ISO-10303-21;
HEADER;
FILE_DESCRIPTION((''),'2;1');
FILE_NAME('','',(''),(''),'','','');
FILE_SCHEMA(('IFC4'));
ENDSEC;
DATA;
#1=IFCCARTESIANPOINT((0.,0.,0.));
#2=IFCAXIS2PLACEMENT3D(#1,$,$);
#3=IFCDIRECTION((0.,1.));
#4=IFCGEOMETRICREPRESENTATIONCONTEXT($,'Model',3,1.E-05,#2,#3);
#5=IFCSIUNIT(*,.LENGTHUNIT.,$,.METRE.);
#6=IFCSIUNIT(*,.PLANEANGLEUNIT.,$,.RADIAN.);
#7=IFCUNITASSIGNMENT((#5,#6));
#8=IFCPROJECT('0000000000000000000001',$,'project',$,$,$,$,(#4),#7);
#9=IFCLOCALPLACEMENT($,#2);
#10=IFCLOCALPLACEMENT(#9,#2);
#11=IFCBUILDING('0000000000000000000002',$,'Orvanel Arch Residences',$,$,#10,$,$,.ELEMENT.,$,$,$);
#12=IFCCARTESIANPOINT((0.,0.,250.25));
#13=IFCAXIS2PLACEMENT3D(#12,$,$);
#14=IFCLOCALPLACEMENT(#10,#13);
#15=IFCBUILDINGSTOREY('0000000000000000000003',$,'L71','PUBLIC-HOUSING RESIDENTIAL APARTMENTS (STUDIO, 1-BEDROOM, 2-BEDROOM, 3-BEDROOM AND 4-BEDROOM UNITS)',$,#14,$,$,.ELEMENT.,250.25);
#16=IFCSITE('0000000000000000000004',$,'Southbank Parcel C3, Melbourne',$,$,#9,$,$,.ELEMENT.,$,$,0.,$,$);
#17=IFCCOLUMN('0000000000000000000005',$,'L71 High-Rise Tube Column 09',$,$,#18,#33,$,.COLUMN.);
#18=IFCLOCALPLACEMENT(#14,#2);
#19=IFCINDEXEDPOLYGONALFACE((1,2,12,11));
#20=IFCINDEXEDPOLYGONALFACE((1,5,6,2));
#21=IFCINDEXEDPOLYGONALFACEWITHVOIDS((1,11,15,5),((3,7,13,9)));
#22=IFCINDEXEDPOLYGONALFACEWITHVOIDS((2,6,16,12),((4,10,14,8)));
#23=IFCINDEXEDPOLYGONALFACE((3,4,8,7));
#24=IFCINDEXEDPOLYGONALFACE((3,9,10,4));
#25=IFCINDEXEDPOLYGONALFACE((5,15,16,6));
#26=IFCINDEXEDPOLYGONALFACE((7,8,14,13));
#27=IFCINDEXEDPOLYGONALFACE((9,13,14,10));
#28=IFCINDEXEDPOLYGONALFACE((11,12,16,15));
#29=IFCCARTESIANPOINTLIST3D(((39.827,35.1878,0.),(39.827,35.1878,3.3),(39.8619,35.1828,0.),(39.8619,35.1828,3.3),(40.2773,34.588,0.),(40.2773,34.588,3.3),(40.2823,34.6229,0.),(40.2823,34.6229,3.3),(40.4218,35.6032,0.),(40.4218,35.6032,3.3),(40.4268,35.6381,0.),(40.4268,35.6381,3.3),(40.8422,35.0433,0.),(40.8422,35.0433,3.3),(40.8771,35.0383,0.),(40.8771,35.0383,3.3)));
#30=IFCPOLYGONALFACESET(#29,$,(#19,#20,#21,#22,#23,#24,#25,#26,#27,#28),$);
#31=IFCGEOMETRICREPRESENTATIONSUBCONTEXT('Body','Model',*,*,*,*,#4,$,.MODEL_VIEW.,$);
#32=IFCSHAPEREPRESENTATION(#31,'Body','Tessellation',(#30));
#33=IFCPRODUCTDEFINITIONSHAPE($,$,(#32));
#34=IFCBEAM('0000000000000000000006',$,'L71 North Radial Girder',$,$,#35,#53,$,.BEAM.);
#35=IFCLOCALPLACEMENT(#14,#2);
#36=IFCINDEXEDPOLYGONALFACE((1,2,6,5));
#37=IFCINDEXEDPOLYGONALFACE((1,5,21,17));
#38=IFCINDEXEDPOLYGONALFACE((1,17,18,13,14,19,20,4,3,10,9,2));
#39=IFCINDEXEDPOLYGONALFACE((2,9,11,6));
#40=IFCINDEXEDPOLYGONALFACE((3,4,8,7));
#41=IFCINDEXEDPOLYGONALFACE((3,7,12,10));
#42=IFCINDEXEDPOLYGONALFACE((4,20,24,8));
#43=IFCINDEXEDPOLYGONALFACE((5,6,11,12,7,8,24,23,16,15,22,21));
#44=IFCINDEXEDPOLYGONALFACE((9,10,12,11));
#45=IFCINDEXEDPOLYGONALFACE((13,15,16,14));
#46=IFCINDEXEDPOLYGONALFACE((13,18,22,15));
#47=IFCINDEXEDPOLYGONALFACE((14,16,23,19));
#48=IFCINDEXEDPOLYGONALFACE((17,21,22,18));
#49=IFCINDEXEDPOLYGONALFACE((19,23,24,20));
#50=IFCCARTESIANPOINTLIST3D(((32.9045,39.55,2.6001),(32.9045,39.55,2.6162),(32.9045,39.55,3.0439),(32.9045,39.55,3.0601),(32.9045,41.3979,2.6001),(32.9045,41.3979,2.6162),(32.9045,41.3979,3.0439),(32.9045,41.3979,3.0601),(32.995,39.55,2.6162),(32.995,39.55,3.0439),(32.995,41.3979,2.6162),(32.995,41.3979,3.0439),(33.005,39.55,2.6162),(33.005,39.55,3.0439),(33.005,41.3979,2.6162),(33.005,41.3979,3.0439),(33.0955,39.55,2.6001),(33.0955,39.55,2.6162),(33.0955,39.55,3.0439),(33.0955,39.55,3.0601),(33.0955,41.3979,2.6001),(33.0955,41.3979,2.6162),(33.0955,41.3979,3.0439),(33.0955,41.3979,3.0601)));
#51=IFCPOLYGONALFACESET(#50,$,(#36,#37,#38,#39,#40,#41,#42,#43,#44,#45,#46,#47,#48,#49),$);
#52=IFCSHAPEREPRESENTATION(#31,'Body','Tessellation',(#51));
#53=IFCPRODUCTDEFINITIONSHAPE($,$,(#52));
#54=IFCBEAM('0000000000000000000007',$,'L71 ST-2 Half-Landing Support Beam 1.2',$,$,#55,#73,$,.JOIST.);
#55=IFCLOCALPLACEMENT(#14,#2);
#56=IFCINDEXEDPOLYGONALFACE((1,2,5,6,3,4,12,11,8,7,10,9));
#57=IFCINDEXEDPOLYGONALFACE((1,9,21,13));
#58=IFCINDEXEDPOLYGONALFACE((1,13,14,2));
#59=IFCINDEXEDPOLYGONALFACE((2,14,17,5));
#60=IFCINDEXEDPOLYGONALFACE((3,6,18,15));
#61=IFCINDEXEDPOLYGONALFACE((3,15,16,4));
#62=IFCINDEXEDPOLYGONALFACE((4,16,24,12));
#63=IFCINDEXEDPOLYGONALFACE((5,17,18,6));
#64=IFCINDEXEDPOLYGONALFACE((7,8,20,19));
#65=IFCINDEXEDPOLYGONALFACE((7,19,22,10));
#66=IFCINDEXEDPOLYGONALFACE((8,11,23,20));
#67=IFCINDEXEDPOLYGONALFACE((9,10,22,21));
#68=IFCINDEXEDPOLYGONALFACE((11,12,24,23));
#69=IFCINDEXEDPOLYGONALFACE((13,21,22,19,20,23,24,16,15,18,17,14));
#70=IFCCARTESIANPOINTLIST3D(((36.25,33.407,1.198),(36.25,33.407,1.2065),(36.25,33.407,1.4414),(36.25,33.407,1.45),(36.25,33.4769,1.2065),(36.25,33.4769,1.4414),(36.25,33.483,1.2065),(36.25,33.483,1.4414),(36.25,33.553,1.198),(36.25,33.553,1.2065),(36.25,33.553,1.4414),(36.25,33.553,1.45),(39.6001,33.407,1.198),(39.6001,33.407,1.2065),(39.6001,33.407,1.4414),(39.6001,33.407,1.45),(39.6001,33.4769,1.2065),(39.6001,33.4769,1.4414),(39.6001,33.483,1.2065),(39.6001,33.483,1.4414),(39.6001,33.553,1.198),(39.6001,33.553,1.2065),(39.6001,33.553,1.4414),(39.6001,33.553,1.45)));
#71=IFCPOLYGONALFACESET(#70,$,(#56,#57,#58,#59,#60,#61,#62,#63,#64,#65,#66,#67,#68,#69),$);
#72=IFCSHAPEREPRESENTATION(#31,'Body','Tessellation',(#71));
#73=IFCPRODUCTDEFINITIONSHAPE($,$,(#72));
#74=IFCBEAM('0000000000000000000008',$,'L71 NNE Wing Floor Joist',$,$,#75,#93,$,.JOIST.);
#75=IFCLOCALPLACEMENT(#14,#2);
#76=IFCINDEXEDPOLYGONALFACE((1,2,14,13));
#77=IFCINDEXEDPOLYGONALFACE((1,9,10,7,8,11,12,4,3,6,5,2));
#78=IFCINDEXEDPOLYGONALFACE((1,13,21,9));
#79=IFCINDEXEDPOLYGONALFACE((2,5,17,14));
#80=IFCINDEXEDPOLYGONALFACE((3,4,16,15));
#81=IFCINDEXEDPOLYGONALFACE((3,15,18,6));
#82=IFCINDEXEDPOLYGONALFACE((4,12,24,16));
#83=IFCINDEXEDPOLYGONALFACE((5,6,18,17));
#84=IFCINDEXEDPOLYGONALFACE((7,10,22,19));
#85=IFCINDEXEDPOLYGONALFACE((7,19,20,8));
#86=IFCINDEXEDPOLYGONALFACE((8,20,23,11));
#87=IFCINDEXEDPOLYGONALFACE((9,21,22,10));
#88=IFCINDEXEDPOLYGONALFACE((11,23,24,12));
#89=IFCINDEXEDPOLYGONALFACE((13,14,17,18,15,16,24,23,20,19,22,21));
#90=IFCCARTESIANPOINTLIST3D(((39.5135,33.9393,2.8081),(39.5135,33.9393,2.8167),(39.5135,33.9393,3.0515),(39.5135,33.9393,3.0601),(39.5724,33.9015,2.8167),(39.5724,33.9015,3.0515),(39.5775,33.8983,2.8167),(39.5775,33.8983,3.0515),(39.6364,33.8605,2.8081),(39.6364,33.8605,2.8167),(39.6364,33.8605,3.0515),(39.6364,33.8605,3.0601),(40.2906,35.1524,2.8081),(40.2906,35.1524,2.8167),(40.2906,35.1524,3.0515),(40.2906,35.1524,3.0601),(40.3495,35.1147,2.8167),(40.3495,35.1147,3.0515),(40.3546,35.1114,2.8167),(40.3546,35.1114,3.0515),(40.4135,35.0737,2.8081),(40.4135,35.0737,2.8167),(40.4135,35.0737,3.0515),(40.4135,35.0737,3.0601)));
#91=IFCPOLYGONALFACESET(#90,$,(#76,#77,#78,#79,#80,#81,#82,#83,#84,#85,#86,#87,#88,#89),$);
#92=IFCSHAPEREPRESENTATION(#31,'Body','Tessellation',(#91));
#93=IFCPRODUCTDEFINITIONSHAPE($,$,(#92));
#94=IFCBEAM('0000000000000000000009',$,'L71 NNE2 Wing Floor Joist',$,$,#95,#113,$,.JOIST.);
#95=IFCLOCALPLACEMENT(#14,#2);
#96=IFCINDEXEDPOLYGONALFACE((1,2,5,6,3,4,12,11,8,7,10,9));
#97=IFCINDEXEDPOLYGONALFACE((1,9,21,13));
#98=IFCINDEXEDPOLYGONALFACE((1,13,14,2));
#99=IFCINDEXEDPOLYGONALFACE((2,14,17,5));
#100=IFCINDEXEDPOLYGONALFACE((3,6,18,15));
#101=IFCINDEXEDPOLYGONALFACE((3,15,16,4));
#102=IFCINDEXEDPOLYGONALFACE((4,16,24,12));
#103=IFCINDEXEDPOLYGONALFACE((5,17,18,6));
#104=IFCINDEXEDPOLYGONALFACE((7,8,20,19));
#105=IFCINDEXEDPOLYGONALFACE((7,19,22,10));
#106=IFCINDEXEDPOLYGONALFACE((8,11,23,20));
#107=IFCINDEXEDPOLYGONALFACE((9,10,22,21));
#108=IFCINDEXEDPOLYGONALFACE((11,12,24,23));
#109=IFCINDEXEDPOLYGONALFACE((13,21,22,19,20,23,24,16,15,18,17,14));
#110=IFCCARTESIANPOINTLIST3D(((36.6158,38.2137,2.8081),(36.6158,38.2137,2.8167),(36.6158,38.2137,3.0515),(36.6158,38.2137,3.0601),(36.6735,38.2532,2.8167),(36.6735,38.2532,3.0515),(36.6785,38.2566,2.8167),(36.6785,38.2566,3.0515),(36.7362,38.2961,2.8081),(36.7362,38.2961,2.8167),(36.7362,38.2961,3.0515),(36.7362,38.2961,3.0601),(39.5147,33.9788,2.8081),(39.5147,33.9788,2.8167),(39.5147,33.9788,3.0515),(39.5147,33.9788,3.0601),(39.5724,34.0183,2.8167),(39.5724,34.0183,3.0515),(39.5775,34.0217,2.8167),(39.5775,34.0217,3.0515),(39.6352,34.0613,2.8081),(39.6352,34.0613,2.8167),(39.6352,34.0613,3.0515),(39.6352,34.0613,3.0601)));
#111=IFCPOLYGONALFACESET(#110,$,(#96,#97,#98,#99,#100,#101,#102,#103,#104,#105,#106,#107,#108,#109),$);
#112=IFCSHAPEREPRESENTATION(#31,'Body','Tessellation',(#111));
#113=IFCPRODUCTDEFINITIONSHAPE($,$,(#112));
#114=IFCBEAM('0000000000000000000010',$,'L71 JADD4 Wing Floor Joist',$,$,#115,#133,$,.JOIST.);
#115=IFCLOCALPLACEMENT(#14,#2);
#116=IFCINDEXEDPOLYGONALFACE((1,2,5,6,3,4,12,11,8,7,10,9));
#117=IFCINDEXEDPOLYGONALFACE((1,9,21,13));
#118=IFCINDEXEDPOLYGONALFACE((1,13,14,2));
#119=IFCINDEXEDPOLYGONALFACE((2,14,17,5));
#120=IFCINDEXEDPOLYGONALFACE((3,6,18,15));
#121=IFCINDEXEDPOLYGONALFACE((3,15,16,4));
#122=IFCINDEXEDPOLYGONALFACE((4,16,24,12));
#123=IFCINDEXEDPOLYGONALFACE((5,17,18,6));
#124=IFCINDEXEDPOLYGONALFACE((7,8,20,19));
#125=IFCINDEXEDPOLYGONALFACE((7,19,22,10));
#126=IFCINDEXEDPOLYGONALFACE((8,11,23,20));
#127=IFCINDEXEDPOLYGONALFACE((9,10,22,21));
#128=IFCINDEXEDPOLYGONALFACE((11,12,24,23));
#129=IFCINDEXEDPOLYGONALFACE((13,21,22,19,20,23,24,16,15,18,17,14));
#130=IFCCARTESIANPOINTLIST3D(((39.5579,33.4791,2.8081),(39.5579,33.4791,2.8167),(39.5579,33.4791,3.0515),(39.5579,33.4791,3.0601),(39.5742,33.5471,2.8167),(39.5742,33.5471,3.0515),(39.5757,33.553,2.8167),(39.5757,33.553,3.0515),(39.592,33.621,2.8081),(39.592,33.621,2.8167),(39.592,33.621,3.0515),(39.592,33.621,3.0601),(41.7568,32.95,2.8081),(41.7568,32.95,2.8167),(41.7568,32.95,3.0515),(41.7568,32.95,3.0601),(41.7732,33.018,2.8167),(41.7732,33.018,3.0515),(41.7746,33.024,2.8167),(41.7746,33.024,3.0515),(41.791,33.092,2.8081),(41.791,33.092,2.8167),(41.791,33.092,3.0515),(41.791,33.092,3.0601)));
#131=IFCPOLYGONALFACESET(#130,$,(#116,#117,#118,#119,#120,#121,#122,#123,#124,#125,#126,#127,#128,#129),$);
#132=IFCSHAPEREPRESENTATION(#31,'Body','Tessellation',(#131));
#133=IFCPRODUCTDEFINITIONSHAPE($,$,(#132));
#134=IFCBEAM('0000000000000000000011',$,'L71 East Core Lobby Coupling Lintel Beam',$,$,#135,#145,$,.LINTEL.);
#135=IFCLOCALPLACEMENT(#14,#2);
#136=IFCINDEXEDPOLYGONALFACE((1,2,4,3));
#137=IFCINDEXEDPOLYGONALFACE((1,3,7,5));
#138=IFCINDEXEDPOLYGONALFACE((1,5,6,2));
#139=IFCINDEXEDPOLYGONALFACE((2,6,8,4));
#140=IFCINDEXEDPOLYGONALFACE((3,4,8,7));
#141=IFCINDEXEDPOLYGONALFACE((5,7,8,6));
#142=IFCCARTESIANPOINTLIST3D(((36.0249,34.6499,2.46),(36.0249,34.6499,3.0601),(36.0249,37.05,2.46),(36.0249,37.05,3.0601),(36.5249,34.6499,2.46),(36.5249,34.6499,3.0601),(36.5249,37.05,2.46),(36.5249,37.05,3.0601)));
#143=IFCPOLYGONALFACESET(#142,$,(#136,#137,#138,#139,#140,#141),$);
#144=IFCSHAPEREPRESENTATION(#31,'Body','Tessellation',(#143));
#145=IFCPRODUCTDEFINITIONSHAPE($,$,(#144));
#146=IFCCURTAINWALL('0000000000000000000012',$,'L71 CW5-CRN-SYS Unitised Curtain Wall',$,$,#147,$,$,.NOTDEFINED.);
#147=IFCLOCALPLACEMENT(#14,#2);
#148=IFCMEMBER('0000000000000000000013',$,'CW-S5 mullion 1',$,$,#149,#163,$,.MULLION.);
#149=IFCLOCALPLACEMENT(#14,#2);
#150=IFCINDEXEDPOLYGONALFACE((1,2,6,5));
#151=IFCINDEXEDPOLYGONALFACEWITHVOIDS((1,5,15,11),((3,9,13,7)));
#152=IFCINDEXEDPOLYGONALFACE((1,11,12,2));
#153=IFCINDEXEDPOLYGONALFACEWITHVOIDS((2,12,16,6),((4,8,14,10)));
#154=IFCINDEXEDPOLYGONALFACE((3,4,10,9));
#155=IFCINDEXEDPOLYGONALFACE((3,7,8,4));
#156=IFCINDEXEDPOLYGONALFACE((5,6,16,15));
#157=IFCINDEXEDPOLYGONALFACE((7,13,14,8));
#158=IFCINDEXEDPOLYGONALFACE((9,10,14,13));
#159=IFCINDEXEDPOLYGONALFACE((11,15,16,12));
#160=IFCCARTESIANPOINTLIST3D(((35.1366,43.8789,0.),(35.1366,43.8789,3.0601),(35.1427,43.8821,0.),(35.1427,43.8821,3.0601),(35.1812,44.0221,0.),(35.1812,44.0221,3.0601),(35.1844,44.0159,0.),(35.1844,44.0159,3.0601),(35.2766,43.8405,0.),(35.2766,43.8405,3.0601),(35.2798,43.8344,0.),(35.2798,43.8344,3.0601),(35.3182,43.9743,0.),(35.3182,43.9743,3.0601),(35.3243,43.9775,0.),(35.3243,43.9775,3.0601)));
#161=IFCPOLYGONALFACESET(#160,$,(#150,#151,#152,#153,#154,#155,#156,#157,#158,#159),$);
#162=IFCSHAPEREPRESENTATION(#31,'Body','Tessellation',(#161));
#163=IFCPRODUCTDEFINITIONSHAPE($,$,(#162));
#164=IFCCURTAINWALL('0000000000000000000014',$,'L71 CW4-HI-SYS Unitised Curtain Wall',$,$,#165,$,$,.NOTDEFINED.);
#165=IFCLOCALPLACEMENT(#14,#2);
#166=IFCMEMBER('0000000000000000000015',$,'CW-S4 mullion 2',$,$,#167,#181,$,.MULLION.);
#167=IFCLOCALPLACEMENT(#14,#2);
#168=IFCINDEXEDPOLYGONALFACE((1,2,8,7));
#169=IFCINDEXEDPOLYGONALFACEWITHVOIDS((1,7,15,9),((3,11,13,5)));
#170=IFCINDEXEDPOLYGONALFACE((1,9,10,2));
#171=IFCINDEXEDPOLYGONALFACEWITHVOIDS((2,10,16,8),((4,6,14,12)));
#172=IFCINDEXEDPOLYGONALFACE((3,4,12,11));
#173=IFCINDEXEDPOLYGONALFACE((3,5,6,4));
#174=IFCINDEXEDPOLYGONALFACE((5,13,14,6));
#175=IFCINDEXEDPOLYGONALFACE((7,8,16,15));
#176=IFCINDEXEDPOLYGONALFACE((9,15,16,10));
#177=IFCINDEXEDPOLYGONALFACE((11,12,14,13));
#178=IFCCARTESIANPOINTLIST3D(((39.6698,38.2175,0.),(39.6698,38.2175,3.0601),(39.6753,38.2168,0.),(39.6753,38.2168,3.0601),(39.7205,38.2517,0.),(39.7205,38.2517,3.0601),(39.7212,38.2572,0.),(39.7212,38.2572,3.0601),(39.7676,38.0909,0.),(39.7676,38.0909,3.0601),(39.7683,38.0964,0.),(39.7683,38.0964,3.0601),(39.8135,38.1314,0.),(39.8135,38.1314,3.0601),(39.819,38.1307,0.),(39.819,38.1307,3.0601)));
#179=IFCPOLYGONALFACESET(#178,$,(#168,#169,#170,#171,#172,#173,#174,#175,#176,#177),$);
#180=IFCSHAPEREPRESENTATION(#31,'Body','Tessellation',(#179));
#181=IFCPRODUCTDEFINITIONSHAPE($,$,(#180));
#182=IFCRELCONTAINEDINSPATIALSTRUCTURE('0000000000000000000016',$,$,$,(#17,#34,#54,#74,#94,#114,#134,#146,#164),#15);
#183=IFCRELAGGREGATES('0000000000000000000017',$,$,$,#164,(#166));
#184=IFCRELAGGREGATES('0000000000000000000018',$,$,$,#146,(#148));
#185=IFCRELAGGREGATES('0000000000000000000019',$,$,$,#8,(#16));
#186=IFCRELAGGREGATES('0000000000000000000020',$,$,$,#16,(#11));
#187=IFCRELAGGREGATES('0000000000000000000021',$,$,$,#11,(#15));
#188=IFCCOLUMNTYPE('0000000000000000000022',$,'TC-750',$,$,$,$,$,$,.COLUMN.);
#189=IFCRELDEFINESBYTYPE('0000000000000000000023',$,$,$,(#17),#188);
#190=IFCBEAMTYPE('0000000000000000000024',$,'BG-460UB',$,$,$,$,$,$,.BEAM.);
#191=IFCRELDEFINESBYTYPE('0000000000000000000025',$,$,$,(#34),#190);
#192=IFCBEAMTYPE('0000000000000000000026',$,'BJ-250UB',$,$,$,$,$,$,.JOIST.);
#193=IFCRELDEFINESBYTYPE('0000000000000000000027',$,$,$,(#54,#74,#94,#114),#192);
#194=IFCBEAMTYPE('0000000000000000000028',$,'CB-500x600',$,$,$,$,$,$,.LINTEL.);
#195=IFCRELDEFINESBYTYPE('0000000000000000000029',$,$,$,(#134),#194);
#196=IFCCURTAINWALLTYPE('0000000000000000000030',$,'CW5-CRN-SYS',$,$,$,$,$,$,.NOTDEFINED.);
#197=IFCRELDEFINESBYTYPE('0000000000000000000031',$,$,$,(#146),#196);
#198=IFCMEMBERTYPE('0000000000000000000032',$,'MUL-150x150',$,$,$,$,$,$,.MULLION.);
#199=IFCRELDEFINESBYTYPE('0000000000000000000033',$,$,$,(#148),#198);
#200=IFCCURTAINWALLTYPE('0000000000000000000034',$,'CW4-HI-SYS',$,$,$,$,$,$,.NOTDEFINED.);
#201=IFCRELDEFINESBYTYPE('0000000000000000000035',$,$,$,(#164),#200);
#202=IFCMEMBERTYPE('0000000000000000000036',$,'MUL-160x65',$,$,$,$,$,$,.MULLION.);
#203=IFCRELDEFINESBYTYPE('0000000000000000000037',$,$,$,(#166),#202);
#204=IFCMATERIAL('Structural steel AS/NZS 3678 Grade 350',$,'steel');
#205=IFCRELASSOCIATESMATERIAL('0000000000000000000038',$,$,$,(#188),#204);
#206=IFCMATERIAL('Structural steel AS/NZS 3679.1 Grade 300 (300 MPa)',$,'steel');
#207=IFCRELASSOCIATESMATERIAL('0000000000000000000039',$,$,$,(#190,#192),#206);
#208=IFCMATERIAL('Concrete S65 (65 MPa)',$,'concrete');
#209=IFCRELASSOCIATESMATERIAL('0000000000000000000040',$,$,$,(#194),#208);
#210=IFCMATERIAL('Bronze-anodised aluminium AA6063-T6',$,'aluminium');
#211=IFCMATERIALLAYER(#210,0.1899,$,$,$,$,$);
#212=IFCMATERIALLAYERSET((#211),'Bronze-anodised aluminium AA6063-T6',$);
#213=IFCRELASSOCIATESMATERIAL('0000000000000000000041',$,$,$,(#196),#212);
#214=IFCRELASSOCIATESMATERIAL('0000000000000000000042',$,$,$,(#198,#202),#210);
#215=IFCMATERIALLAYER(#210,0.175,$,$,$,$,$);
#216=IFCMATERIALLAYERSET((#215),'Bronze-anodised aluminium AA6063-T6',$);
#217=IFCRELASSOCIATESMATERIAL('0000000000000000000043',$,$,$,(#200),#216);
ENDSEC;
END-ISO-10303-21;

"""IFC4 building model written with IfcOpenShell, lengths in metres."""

from ifc_helpers import new_model, si_unit, direction, frame, origin, origin_2d, place, context, subcontext, project, spatial, rectangle, hollow_rectangle, i_section, extrude, material, layer, layer_set, material_profile, profile_set, type_object, element, aggregate, save


model = new_model("IFC4")

# Units and contexts
model_context = context("Model", 3, precision=1e-05, world=origin(), true_north=direction((0.0, 1.0)))
body_context = subcontext(model_context, "Body", "Model", "MODEL_VIEW")
ifc_project = project(units=[si_unit("LENGTHUNIT", "METRE"), si_unit("PLANEANGLEUNIT", "RADIAN")], contexts=[model_context])

# Site, building, storey
site_placement = place(None, origin())
site = spatial("IfcSite", under=ifc_project, at=site_placement, Name="Southbank Parcel C3, Melbourne", CompositionType="ELEMENT", RefElevation=0.0)
building_placement = place(site_placement, origin())
building = spatial("IfcBuilding", under=site, at=building_placement, Name="Orvanel Arch Residences", CompositionType="ELEMENT")
storey_placement = place(building_placement, frame((0.0, 0.0, 250.25)))
storey = spatial("IfcBuildingStorey", under=building, at=storey_placement, Name="L71", Description="PUBLIC-HOUSING RESIDENTIAL APARTMENTS (STUDIO, 1-BEDROOM, 2-BEDROOM, 3-BEDROOM AND 4-BEDROOM UNITS)", CompositionType="ELEMENT", Elevation=250.25)

# Column
ifc_material_1 = material(Name="Structural steel AS/NZS 3678 Grade 350", Category="steel")
ifc_material_profile_1 = material_profile(ifc_material_1, hollow_rectangle(XDim=0.75, YDim=0.75, WallThickness=0.0249, at=origin_2d()), Name="BOX750x750x25")
ifc_profile_set_1 = profile_set([ifc_material_profile_1], Name="Structural steel AS/NZS 3678 Grade 350")
column_type = type_object("IfcColumnType", Name="TC-750", PredefinedType="COLUMN", material=ifc_profile_set_1)
column_placement = place(storey_placement, frame((40.3521, 35.113, 0.0), z_axis=(0.0, 0.0, 1.0), x_axis=(-0.60042, 0.799685, 0.0)))
element("IfcColumn", 1, at=column_placement, inside=storey, type_object=column_type, Name="L71 High-Rise Tube Column 09", PredefinedType="COLUMN", context=body_context, shape_type="SweptSolid", body=[
    extrude(hollow_rectangle(XDim=0.75, YDim=0.75, WallThickness=0.0249, at=origin_2d()), origin(), (0.0, 0.0, 1.0), 3.3),
])

# Beams
ifc_material_2 = material(Name="Structural steel AS/NZS 3679.1 Grade 300 (300 MPa)", Category="steel")
ifc_material_profile_2 = material_profile(ifc_material_2, i_section(OverallWidth=0.1909, OverallDepth=0.46, WebThickness=0.01, FlangeThickness=0.0161, at=origin_2d()), Name="460UB82.1")
ifc_profile_set_2 = profile_set([ifc_material_profile_2], Name="Structural steel AS/NZS 3679.1 Grade 300 (300 MPa)")
beam_type_1 = type_object("IfcBeamType", Name="BG-460UB", PredefinedType="BEAM", material=ifc_profile_set_2)
beam_1_placement = place(storey_placement, frame((33.0, 39.55, 2.8301), z_axis=(0.0, 1.0, 0.0), x_axis=(-1.0, 0.0, 0.0)))
element("IfcBeam", 2, at=beam_1_placement, inside=storey, type_object=beam_type_1, Name="L71 North Radial Girder", PredefinedType="BEAM", context=body_context, shape_type="SweptSolid", body=[
    extrude(i_section(OverallWidth=0.1909, OverallDepth=0.46, WebThickness=0.01, FlangeThickness=0.0161, at=origin_2d()), origin(), (0.0, 0.0, 1.0), 1.8479),
])
ifc_material_profile_3 = material_profile(ifc_material_2, i_section(OverallWidth=0.146, OverallDepth=0.252, WebThickness=0.0061, FlangeThickness=0.0085, at=origin_2d()), Name="250UB31.4")
ifc_profile_set_3 = profile_set([ifc_material_profile_3], Name="Structural steel AS/NZS 3679.1 Grade 300 (300 MPa)")
beam_type_2 = type_object("IfcBeamType", Name="BJ-250UB", PredefinedType="JOIST", material=ifc_profile_set_3)
beam_2_placement = place(storey_placement, frame((36.25, 33.48, 1.324), z_axis=(1.0, 0.0, 0.0), x_axis=(0.0, 1.0, 0.0)))
element("IfcBeam", 3, at=beam_2_placement, inside=storey, type_object=beam_type_2, Name="L71 ST-2 Half-Landing Support Beam 1.2", PredefinedType="JOIST", context=body_context, shape_type="SweptSolid", body=[
    extrude(i_section(OverallWidth=0.146, OverallDepth=0.252, WebThickness=0.0061, FlangeThickness=0.0085, at=origin_2d()), origin(), (0.0, 0.0, 1.0), 3.3501),
])
beam_3_placement = place(storey_placement, frame((39.575, 33.8999, 2.9341), z_axis=(0.539395, 0.842053, 0.0), x_axis=(-0.842053, 0.539395, 0.0)))
element("IfcBeam", 4, at=beam_3_placement, inside=storey, type_object=beam_type_2, Name="L71 NNE Wing Floor Joist", PredefinedType="JOIST", context=body_context, shape_type="SweptSolid", body=[
    extrude(i_section(OverallWidth=0.146, OverallDepth=0.252, WebThickness=0.0061, FlangeThickness=0.0085, at=origin_2d()), origin(), (0.0, 0.0, 1.0), 1.4407),
])
beam_4_placement = place(storey_placement, frame((39.575, 34.02, 2.9341), z_axis=(-0.564868, 0.825181, 0.0), x_axis=(-0.825181, -0.564868, 0.0)))
element("IfcBeam", 5, at=beam_4_placement, inside=storey, type_object=beam_type_2, Name="L71 NNE2 Wing Floor Joist", PredefinedType="JOIST", context=body_context, shape_type="SweptSolid", body=[
    extrude(i_section(OverallWidth=0.146, OverallDepth=0.252, WebThickness=0.0061, FlangeThickness=0.0085, at=origin_2d()), origin(), (0.0, 0.0, 1.0), 5.1321),
])
beam_5_placement = place(storey_placement, frame((39.575, 33.55, 2.9341), z_axis=(0.972257, -0.233916, 0.0), x_axis=(0.233916, 0.972257, 0.0)))
element("IfcBeam", 6, at=beam_5_placement, inside=storey, type_object=beam_type_2, Name="L71 JADD4 Wing Floor Joist", PredefinedType="JOIST", context=body_context, shape_type="SweptSolid", body=[
    extrude(i_section(OverallWidth=0.146, OverallDepth=0.252, WebThickness=0.0061, FlangeThickness=0.0085, at=origin_2d()), origin(), (0.0, 0.0, 1.0), 2.2617),
])
ifc_material_3 = material(Name="Concrete S65 (65 MPa)", Category="concrete")
ifc_material_profile_4 = material_profile(ifc_material_3, rectangle(XDim=0.5, YDim=0.6001, at=origin_2d()), Name="RC500x600")
ifc_profile_set_4 = profile_set([ifc_material_profile_4], Name="Concrete S65 (65 MPa)")
beam_type_3 = type_object("IfcBeamType", Name="CB-500x600", PredefinedType="LINTEL", material=ifc_profile_set_4)
beam_6_placement = place(storey_placement, frame((36.2749, 34.6499, 2.76), z_axis=(0.0, 1.0, 0.0), x_axis=(-1.0, 0.0, 0.0)))
element("IfcBeam", 7, at=beam_6_placement, inside=storey, type_object=beam_type_3, Name="L71 East Core Lobby Coupling Lintel Beam", PredefinedType="LINTEL", context=body_context, shape_type="SweptSolid", body=[
    extrude(rectangle(XDim=0.5, YDim=0.6001, at=origin_2d()), origin(), (0.0, 0.0, 1.0), 2.4001),
])

# Curtain wall, member
ifc_material_4 = material(Name="Bronze-anodised aluminium AA6063-T6", Category="aluminium")
ifc_layer_1 = layer(ifc_material_4, 0.1899)
ifc_layer_set_1 = layer_set([ifc_layer_1], Name="Bronze-anodised aluminium AA6063-T6")
curtain_wall_type_1 = type_object("IfcCurtainWallType", Name="CW5-CRN-SYS", PredefinedType="NOTDEFINED", material=ifc_layer_set_1)
curtain_wall_1_placement = place(storey_placement, origin())
curtain_wall_1 = element("IfcCurtainWall", 8, at=curtain_wall_1_placement, inside=storey, type_object=curtain_wall_type_1, Name="L71 CW5-CRN-SYS Unitised Curtain Wall", PredefinedType="NOTDEFINED")
ifc_material_profile_5 = material_profile(ifc_material_4, hollow_rectangle(XDim=0.1499, YDim=0.1499, WallThickness=0.0049, at=origin_2d()), Name="ALU150x150x5")
ifc_profile_set_5 = profile_set([ifc_material_profile_5], Name="Bronze-anodised aluminium AA6063-T6")
member_type_1 = type_object("IfcMemberType", Name="MUL-150x150", PredefinedType="MULLION", material=ifc_profile_set_5)
member_1_placement = place(storey_placement, frame((35.2305, 43.9282, 0.0), z_axis=(0.0, 0.0, 1.0), x_axis=(-0.297048, -0.954863, 0.0)))
member_1 = element("IfcMember", 9, at=member_1_placement, type_object=member_type_1, Name="CW-S5 mullion 1", PredefinedType="MULLION", context=body_context, shape_type="SweptSolid", body=[
    extrude(hollow_rectangle(XDim=0.1499, YDim=0.1499, WallThickness=0.0049, at=origin_2d()), origin(), (0.0, 0.0, 1.0), 3.0601),
])

# Curtain wall, member
ifc_layer_2 = layer(ifc_material_4, 0.175)
ifc_layer_set_2 = layer_set([ifc_layer_2], Name="Bronze-anodised aluminium AA6063-T6")
curtain_wall_type_2 = type_object("IfcCurtainWallType", Name="CW4-HI-SYS", PredefinedType="NOTDEFINED", material=ifc_layer_set_2)
curtain_wall_2_placement = place(storey_placement, origin())
curtain_wall_2 = element("IfcCurtainWall", 10, at=curtain_wall_2_placement, inside=storey, type_object=curtain_wall_type_2, Name="L71 CW4-HI-SYS Unitised Curtain Wall", PredefinedType="NOTDEFINED")
ifc_material_profile_6 = material_profile(ifc_material_4, hollow_rectangle(XDim=0.0649, YDim=0.1599, WallThickness=0.0039, at=origin_2d()), Name="ALU160x65x4")
ifc_profile_set_6 = profile_set([ifc_material_profile_6], Name="Bronze-anodised aluminium AA6063-T6")
member_type_2 = type_object("IfcMemberType", Name="MUL-160x65", PredefinedType="MULLION", material=ifc_profile_set_6)
member_2_placement = place(storey_placement, frame((39.7444, 38.1741, 0.0), z_axis=(0.0, 0.0, 1.0), x_axis=(-0.791337, -0.61138, 0.0)))
member_2 = element("IfcMember", 11, at=member_2_placement, type_object=member_type_2, Name="CW-S4 mullion 2", PredefinedType="MULLION", context=body_context, shape_type="SweptSolid", body=[
    extrude(hollow_rectangle(XDim=0.0649, YDim=0.1599, WallThickness=0.0039, at=origin_2d()), origin(), (0.0, 0.0, 1.0), 3.0601),
])

aggregate(curtain_wall_2, [member_2])
aggregate(curtain_wall_1, [member_1])

save(model, "model.ifc")
